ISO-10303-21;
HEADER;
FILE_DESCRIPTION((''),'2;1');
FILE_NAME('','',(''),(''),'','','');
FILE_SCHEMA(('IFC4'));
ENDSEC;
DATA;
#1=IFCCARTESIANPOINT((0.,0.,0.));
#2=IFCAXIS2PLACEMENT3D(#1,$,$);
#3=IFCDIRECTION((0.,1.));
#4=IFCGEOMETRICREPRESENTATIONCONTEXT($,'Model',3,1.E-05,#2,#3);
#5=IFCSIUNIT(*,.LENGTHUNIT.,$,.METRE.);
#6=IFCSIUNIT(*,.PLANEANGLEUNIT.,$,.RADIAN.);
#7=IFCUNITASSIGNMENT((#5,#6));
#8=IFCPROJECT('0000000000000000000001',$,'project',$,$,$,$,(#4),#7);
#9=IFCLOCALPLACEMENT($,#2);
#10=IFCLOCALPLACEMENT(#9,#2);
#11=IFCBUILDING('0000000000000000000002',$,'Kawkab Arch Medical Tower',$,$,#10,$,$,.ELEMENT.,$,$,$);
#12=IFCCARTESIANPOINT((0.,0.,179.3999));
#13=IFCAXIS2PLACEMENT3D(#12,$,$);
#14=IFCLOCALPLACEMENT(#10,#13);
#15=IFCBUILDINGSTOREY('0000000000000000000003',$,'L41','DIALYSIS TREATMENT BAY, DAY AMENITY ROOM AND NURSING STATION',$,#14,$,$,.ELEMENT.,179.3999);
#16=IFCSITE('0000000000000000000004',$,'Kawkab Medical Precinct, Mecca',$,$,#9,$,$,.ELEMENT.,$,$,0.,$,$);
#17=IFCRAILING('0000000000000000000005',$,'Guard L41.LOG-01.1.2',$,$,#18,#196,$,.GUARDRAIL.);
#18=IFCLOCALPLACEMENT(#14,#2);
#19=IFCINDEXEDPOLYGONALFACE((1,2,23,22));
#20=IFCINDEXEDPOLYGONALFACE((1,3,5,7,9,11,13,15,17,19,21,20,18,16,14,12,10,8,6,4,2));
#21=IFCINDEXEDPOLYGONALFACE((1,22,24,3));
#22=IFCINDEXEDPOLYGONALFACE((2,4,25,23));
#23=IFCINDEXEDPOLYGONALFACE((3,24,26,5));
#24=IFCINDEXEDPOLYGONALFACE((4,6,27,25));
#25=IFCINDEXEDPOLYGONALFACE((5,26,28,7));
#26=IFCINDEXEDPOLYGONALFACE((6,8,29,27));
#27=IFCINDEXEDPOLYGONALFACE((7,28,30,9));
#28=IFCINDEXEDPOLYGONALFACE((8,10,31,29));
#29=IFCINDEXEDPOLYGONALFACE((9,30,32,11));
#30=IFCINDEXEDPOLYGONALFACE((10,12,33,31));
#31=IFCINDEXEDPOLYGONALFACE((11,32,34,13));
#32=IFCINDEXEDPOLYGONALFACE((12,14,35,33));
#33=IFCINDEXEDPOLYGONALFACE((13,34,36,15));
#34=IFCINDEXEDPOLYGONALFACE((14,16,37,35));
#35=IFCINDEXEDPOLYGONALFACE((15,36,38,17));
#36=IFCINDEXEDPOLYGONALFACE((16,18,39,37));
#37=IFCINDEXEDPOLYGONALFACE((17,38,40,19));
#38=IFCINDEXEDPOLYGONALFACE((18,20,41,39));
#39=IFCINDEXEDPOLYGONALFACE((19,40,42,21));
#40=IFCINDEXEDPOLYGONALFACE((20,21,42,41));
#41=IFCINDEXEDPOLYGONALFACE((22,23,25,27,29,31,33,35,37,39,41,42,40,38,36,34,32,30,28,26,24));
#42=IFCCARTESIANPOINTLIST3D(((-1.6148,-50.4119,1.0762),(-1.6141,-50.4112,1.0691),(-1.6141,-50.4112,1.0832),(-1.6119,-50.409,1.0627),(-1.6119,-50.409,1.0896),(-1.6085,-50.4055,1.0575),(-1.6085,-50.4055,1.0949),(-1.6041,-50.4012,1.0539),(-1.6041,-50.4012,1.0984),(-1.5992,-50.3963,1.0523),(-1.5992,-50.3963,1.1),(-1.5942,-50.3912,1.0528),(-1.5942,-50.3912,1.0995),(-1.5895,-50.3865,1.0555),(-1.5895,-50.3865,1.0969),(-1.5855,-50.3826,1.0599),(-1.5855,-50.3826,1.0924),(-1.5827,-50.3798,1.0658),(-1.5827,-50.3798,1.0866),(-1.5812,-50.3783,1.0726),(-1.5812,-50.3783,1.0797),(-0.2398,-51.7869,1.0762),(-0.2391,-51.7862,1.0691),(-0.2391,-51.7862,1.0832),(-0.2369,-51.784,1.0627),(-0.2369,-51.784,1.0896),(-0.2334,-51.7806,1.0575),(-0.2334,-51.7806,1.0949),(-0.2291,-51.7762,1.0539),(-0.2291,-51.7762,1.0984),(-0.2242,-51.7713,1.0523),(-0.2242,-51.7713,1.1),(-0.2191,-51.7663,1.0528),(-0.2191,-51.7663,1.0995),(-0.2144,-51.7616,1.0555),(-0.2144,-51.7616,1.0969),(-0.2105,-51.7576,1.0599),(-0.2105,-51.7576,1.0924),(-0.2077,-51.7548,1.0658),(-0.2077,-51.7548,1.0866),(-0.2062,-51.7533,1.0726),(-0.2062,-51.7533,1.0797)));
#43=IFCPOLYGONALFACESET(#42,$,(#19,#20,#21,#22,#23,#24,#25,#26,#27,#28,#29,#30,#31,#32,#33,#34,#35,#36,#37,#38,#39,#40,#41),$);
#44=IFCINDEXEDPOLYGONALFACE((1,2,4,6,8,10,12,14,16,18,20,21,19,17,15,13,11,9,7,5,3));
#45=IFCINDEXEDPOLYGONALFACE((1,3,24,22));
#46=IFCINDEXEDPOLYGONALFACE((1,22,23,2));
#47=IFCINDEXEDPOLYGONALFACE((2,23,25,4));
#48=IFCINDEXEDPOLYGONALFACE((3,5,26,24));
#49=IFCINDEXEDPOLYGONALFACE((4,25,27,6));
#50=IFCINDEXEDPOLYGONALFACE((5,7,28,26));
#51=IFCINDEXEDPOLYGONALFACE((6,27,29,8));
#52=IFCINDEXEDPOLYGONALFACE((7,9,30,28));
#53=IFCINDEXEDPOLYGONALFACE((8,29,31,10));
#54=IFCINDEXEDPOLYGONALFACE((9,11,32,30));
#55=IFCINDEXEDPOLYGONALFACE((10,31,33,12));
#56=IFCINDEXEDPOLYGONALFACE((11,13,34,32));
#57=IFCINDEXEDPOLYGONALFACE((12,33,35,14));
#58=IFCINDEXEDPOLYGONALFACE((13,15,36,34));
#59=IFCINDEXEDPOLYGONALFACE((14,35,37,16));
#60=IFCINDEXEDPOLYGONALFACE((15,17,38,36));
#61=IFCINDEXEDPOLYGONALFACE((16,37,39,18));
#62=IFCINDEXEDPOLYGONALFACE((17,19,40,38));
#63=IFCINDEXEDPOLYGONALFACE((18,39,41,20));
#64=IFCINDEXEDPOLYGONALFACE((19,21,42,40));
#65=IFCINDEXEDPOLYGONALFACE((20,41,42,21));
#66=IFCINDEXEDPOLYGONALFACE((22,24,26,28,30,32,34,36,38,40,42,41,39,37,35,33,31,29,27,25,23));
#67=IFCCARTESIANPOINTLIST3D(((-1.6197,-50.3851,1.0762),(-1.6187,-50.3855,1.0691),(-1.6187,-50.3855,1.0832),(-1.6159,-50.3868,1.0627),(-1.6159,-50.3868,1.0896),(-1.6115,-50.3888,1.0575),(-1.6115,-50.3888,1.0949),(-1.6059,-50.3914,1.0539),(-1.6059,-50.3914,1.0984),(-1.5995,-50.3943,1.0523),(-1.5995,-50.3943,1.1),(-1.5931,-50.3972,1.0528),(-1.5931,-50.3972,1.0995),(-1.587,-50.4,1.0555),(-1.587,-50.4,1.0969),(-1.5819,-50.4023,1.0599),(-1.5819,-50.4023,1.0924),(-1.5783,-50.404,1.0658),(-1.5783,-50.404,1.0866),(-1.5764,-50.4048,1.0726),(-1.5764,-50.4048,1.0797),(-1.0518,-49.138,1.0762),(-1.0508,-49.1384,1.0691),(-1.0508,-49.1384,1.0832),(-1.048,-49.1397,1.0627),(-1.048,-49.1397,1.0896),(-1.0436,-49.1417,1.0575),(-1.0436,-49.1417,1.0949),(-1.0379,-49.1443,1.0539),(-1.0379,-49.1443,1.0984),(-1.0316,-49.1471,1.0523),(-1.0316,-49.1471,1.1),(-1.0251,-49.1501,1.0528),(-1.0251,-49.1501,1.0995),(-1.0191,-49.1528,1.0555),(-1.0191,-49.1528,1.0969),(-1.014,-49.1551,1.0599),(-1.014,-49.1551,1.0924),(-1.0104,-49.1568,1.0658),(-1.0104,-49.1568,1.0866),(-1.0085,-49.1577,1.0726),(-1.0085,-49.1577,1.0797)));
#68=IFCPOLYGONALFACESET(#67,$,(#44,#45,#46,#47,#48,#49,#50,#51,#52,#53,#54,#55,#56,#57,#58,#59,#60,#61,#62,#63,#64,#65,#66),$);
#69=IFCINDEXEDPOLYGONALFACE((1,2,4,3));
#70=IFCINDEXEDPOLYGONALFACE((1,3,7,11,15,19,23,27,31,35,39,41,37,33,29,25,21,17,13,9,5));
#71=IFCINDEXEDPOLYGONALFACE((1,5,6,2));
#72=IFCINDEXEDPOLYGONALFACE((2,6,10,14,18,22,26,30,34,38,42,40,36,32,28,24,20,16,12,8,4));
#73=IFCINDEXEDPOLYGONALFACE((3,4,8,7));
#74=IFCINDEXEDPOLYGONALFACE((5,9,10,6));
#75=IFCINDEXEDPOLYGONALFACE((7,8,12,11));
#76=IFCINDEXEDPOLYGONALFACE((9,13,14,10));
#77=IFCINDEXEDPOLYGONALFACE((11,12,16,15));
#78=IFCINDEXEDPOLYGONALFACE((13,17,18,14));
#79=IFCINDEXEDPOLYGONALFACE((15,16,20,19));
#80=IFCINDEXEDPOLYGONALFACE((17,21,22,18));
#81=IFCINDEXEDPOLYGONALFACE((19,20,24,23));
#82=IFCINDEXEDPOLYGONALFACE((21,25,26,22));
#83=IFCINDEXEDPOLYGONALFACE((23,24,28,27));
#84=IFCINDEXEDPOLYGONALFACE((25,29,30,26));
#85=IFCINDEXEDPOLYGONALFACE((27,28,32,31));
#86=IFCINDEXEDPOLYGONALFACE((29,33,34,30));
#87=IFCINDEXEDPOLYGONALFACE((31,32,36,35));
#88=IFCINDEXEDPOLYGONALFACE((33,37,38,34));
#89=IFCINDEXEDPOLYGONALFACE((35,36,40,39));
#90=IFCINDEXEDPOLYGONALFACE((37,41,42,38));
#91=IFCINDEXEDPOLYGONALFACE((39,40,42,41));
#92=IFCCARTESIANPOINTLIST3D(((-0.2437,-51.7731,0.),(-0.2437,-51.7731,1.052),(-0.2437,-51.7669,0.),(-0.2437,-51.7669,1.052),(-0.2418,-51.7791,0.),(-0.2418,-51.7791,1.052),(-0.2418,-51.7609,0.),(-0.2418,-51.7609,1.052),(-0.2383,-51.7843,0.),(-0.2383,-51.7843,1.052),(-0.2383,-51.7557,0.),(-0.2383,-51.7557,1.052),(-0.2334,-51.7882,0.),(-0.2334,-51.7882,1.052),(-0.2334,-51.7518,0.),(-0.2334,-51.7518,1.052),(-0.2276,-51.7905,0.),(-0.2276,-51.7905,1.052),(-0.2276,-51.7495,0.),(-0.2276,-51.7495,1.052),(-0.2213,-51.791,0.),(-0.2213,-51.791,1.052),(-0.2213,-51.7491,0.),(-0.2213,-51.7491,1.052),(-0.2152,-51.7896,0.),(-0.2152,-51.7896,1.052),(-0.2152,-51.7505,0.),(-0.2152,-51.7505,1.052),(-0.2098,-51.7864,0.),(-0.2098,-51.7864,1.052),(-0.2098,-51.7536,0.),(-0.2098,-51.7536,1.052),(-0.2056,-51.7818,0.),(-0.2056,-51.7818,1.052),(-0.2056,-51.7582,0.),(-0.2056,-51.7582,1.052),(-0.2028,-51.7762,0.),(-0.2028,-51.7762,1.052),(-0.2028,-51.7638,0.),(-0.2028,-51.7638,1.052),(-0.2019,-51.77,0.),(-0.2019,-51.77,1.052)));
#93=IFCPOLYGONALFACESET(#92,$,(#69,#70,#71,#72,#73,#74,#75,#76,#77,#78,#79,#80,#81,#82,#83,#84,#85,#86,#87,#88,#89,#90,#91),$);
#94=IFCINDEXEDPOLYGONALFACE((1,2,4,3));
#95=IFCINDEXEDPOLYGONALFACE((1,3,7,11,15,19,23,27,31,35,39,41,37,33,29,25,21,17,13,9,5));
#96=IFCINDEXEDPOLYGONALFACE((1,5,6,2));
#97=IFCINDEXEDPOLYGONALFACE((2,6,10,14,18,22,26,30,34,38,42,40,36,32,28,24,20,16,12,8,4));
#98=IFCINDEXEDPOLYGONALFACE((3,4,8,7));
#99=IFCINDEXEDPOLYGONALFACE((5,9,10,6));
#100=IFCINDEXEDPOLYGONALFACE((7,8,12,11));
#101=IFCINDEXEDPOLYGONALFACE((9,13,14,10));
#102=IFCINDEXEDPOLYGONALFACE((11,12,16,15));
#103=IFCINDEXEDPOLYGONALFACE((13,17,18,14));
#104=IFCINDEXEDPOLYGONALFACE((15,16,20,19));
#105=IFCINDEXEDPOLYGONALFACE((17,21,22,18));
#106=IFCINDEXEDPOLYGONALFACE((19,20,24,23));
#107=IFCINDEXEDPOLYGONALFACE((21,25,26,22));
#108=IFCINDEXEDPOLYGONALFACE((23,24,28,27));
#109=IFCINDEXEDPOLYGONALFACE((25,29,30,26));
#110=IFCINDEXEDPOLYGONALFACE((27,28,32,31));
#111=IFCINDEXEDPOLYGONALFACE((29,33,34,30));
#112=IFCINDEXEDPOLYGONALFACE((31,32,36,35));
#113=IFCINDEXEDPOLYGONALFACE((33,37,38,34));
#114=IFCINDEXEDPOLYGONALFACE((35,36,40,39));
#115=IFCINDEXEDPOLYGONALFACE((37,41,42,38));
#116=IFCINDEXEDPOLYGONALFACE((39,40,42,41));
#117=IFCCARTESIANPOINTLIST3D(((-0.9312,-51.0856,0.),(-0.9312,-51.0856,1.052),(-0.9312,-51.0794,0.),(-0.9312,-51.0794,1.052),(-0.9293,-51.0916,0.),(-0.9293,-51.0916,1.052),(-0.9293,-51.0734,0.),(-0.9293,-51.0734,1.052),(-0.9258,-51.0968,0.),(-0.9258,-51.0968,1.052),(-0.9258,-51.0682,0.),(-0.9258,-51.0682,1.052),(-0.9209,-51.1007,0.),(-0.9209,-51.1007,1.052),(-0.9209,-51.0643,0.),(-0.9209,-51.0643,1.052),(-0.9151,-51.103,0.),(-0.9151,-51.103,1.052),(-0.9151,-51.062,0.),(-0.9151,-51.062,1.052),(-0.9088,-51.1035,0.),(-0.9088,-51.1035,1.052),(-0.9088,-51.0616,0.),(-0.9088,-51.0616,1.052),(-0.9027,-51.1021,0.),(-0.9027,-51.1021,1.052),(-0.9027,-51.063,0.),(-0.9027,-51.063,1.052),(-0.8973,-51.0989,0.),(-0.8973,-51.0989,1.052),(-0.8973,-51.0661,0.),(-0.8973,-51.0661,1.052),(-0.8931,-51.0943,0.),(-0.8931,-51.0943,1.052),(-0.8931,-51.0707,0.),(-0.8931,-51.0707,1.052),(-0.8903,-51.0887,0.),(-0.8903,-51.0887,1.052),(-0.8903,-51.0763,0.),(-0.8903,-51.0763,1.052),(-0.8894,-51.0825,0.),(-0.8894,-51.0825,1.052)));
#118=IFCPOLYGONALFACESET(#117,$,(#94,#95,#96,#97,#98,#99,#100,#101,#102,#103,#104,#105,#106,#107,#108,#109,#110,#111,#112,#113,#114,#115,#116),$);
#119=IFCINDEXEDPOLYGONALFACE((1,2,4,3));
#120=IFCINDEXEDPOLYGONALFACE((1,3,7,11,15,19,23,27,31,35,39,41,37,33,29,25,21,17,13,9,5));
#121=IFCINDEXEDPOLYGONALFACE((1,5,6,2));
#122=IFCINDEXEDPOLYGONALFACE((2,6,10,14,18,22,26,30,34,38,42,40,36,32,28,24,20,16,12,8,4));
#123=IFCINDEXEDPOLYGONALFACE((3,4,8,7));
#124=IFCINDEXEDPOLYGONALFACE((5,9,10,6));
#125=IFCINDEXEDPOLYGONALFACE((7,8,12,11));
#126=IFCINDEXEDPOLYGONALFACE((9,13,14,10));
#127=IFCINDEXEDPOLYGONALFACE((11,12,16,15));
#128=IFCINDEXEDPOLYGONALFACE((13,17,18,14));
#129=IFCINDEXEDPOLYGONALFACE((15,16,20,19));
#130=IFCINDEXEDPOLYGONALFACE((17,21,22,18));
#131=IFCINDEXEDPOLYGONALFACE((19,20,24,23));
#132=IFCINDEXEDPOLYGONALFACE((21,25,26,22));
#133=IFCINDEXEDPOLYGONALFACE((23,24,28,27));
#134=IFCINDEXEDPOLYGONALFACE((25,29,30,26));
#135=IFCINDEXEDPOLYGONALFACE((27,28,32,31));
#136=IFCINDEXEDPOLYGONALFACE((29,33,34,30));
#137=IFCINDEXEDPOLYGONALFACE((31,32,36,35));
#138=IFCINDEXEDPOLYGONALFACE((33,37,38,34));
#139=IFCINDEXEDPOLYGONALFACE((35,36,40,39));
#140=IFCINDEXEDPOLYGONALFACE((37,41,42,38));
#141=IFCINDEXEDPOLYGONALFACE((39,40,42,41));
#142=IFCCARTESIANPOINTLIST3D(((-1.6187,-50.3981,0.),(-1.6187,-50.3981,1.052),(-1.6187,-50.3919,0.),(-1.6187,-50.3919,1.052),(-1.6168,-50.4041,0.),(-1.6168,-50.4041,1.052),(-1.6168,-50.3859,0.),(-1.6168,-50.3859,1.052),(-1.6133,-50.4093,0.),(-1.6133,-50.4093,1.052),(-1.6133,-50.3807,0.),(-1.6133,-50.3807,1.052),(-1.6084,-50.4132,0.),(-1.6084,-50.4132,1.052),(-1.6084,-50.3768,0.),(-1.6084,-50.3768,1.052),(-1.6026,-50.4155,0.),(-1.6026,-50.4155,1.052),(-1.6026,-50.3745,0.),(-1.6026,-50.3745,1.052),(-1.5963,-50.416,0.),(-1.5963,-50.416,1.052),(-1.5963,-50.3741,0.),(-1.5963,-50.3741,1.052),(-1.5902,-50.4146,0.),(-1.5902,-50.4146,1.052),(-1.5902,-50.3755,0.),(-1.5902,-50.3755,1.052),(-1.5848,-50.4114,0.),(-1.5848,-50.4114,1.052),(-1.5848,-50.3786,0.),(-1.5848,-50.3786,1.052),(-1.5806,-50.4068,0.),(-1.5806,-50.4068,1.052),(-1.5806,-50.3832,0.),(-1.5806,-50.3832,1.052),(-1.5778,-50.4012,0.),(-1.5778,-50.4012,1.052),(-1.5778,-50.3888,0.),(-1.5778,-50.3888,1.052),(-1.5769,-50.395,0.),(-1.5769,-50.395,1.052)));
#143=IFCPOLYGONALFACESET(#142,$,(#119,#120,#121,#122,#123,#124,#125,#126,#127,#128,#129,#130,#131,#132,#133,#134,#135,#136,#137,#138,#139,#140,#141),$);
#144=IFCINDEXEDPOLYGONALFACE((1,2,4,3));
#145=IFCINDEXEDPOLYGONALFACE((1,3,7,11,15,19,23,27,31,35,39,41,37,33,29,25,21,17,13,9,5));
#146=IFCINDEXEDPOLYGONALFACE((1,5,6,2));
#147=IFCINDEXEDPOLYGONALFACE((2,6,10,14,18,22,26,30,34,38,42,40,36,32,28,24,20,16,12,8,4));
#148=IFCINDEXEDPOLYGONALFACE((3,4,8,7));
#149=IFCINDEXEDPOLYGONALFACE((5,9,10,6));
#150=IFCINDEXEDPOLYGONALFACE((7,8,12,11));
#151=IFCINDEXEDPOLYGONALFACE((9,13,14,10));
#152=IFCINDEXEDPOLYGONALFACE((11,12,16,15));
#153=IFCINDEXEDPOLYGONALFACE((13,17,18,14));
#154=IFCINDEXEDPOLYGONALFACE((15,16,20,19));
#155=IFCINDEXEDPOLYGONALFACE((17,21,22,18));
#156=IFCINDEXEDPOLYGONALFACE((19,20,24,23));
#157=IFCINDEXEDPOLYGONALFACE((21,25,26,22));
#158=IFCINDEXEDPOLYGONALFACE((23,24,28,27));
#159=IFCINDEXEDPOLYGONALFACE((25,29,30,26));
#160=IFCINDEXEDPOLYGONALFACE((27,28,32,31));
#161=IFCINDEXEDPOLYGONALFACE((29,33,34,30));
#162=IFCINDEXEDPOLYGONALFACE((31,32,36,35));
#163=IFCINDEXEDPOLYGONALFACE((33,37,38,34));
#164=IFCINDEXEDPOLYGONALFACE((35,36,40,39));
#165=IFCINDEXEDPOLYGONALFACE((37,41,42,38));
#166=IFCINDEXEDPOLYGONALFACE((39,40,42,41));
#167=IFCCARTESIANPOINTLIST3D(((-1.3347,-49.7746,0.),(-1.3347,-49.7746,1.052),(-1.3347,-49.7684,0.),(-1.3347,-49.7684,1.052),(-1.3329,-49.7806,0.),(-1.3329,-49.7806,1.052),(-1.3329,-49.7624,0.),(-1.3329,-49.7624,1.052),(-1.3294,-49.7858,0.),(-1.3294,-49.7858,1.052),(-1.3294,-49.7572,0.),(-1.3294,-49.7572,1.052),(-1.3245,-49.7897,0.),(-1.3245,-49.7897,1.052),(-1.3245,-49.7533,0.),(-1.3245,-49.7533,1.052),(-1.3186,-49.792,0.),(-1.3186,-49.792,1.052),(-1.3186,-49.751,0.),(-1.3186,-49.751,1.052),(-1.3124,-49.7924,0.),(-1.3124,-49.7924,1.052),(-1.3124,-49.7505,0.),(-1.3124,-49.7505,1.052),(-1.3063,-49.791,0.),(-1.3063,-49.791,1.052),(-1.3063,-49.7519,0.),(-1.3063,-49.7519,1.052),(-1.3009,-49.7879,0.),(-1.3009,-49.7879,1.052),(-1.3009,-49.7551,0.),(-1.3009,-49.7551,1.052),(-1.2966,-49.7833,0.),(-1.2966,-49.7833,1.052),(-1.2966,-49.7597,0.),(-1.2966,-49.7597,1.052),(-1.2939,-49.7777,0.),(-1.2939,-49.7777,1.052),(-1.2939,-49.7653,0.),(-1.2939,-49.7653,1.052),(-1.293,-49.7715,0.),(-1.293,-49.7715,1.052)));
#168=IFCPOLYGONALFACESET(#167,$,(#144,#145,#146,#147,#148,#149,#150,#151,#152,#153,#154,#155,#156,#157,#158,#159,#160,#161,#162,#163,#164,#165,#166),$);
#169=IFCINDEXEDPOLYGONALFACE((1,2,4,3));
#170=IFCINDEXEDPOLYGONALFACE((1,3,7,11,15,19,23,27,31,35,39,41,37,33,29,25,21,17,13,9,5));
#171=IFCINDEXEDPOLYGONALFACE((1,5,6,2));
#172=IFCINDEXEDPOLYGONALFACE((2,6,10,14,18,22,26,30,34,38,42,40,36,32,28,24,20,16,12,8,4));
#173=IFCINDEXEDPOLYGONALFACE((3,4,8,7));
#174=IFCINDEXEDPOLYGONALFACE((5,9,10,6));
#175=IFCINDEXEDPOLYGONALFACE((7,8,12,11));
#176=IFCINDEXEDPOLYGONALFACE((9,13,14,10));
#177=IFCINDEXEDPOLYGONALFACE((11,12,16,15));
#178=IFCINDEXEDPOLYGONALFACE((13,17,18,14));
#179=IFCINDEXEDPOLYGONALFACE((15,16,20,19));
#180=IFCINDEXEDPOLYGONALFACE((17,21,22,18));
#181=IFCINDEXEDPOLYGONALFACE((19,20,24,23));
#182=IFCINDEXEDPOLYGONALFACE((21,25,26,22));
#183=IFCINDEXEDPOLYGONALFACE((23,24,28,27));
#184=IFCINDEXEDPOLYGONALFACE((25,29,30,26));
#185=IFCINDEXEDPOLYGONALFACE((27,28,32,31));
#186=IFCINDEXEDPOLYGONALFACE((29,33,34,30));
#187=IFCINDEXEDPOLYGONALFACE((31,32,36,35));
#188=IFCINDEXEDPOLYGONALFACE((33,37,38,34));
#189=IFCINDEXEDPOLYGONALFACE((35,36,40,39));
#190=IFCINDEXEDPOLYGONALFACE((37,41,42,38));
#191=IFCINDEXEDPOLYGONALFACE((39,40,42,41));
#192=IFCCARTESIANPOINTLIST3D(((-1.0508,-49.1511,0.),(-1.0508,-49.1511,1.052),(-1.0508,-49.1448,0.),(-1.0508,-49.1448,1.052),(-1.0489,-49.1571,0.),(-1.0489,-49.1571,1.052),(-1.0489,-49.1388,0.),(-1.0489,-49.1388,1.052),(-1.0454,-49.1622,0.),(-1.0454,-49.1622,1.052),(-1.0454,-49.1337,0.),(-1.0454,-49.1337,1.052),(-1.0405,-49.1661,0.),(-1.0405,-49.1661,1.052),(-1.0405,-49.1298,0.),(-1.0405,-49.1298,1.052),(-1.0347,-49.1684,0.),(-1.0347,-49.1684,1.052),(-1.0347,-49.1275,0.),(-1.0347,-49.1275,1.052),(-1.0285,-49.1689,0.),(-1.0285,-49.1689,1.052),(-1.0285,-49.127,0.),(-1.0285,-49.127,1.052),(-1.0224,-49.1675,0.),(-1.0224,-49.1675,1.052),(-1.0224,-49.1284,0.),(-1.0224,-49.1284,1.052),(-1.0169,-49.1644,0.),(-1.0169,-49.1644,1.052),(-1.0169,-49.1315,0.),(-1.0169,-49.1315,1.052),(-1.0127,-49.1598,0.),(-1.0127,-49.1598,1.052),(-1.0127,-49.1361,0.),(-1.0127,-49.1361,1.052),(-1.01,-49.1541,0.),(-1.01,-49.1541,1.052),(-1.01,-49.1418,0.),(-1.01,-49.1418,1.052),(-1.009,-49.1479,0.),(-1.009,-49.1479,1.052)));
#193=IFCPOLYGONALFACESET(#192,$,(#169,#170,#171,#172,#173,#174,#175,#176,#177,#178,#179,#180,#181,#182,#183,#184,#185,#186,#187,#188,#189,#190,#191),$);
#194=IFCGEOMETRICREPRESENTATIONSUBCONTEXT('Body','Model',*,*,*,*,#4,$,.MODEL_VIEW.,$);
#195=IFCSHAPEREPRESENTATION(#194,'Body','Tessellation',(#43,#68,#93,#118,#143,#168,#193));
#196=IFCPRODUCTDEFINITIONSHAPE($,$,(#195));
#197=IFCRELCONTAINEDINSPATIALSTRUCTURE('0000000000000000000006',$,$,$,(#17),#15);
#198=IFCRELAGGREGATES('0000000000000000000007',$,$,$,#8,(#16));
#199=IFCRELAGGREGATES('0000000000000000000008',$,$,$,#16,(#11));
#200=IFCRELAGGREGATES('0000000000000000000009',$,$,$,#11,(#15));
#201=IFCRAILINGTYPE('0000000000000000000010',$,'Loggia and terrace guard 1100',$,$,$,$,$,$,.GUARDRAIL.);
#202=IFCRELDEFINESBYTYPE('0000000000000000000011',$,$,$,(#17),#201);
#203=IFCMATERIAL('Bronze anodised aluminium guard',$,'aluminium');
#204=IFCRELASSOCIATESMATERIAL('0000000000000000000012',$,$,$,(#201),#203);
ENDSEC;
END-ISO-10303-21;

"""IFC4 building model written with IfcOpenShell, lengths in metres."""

from ifc_helpers import new_model, si_unit, direction, frame, origin, origin_2d, place, context, subcontext, project, spatial, circle, extrude, material, type_object, element, save


model = new_model("IFC4")

# Units and contexts
model_context = context("Model", 3, precision=1e-05, world=origin(), true_north=direction((0.0, 1.0)))
body_context = subcontext(model_context, "Body", "Model", "MODEL_VIEW")
ifc_project = project(units=[si_unit("LENGTHUNIT", "METRE"), si_unit("PLANEANGLEUNIT", "RADIAN")], contexts=[model_context])

# Site, building, storey
site_placement = place(None, origin())
site = spatial("IfcSite", under=ifc_project, at=site_placement, Name="Kawkab Medical Precinct, Mecca", CompositionType="ELEMENT", RefElevation=0.0)
building_placement = place(site_placement, origin())
building = spatial("IfcBuilding", under=site, at=building_placement, Name="Kawkab Arch Medical Tower", CompositionType="ELEMENT")
storey_placement = place(building_placement, frame((0.0, 0.0, 179.3999)))
storey = spatial("IfcBuildingStorey", under=building, at=storey_placement, Name="L41", Description="DIALYSIS TREATMENT BAY, DAY AMENITY ROOM AND NURSING STATION", CompositionType="ELEMENT", Elevation=179.3999)

# Railing
ifc_material_1 = material(Name="Bronze anodised aluminium guard", Category="aluminium")
railing_type_1 = type_object("IfcRailingType", Name="Loggia and terrace guard 1100", PredefinedType="GUARDRAIL", material=ifc_material_1)
railing_1_placement = place(storey_placement, frame((-0.2229, -51.77, 0.0)))
element("IfcRailing", 1, at=railing_1_placement, inside=storey, type_object=railing_type_1, Name="Guard L41.LOG-01.1.2", PredefinedType="GUARDRAIL", context=body_context, shape_type="SweptSolid", body=[
    extrude(circle(Radius=0.0239, at=origin_2d()), frame((0.0, 0.0, 1.0762), z_axis=(-0.707107, 0.707107, 0.0), x_axis=(-0.707107, -0.707107, 0.0)), (0.0, 0.0, 1.0), 1.9446),
    extrude(circle(Radius=0.0239, at=origin_2d()), frame((-1.375, 1.375, 1.0762), z_axis=(0.41442, 0.910086, 0.0), x_axis=(-0.910086, 0.41442, 0.0)), (0.0, 0.0, 1.0), 1.3704),
    extrude(circle(Radius=0.021, at=origin_2d()), origin(), (0.0, 0.0, 1.0), 1.052),
    extrude(circle(Radius=0.021, at=origin_2d()), frame((-0.6875, 0.6875, 0.0)), (0.0, 0.0, 1.0), 1.052),
    extrude(circle(Radius=0.021, at=origin_2d()), frame((-1.375, 1.375, 0.0)), (0.0, 0.0, 1.0), 1.052),
    extrude(circle(Radius=0.021, at=origin_2d()), frame((-1.0911, 1.9985, 0.0)), (0.0, 0.0, 1.0), 1.052),
    extrude(circle(Radius=0.021, at=origin_2d()), frame((-0.8071, 2.6221, 0.0)), (0.0, 0.0, 1.0), 1.052),
])

save(model, "model.ifc")
